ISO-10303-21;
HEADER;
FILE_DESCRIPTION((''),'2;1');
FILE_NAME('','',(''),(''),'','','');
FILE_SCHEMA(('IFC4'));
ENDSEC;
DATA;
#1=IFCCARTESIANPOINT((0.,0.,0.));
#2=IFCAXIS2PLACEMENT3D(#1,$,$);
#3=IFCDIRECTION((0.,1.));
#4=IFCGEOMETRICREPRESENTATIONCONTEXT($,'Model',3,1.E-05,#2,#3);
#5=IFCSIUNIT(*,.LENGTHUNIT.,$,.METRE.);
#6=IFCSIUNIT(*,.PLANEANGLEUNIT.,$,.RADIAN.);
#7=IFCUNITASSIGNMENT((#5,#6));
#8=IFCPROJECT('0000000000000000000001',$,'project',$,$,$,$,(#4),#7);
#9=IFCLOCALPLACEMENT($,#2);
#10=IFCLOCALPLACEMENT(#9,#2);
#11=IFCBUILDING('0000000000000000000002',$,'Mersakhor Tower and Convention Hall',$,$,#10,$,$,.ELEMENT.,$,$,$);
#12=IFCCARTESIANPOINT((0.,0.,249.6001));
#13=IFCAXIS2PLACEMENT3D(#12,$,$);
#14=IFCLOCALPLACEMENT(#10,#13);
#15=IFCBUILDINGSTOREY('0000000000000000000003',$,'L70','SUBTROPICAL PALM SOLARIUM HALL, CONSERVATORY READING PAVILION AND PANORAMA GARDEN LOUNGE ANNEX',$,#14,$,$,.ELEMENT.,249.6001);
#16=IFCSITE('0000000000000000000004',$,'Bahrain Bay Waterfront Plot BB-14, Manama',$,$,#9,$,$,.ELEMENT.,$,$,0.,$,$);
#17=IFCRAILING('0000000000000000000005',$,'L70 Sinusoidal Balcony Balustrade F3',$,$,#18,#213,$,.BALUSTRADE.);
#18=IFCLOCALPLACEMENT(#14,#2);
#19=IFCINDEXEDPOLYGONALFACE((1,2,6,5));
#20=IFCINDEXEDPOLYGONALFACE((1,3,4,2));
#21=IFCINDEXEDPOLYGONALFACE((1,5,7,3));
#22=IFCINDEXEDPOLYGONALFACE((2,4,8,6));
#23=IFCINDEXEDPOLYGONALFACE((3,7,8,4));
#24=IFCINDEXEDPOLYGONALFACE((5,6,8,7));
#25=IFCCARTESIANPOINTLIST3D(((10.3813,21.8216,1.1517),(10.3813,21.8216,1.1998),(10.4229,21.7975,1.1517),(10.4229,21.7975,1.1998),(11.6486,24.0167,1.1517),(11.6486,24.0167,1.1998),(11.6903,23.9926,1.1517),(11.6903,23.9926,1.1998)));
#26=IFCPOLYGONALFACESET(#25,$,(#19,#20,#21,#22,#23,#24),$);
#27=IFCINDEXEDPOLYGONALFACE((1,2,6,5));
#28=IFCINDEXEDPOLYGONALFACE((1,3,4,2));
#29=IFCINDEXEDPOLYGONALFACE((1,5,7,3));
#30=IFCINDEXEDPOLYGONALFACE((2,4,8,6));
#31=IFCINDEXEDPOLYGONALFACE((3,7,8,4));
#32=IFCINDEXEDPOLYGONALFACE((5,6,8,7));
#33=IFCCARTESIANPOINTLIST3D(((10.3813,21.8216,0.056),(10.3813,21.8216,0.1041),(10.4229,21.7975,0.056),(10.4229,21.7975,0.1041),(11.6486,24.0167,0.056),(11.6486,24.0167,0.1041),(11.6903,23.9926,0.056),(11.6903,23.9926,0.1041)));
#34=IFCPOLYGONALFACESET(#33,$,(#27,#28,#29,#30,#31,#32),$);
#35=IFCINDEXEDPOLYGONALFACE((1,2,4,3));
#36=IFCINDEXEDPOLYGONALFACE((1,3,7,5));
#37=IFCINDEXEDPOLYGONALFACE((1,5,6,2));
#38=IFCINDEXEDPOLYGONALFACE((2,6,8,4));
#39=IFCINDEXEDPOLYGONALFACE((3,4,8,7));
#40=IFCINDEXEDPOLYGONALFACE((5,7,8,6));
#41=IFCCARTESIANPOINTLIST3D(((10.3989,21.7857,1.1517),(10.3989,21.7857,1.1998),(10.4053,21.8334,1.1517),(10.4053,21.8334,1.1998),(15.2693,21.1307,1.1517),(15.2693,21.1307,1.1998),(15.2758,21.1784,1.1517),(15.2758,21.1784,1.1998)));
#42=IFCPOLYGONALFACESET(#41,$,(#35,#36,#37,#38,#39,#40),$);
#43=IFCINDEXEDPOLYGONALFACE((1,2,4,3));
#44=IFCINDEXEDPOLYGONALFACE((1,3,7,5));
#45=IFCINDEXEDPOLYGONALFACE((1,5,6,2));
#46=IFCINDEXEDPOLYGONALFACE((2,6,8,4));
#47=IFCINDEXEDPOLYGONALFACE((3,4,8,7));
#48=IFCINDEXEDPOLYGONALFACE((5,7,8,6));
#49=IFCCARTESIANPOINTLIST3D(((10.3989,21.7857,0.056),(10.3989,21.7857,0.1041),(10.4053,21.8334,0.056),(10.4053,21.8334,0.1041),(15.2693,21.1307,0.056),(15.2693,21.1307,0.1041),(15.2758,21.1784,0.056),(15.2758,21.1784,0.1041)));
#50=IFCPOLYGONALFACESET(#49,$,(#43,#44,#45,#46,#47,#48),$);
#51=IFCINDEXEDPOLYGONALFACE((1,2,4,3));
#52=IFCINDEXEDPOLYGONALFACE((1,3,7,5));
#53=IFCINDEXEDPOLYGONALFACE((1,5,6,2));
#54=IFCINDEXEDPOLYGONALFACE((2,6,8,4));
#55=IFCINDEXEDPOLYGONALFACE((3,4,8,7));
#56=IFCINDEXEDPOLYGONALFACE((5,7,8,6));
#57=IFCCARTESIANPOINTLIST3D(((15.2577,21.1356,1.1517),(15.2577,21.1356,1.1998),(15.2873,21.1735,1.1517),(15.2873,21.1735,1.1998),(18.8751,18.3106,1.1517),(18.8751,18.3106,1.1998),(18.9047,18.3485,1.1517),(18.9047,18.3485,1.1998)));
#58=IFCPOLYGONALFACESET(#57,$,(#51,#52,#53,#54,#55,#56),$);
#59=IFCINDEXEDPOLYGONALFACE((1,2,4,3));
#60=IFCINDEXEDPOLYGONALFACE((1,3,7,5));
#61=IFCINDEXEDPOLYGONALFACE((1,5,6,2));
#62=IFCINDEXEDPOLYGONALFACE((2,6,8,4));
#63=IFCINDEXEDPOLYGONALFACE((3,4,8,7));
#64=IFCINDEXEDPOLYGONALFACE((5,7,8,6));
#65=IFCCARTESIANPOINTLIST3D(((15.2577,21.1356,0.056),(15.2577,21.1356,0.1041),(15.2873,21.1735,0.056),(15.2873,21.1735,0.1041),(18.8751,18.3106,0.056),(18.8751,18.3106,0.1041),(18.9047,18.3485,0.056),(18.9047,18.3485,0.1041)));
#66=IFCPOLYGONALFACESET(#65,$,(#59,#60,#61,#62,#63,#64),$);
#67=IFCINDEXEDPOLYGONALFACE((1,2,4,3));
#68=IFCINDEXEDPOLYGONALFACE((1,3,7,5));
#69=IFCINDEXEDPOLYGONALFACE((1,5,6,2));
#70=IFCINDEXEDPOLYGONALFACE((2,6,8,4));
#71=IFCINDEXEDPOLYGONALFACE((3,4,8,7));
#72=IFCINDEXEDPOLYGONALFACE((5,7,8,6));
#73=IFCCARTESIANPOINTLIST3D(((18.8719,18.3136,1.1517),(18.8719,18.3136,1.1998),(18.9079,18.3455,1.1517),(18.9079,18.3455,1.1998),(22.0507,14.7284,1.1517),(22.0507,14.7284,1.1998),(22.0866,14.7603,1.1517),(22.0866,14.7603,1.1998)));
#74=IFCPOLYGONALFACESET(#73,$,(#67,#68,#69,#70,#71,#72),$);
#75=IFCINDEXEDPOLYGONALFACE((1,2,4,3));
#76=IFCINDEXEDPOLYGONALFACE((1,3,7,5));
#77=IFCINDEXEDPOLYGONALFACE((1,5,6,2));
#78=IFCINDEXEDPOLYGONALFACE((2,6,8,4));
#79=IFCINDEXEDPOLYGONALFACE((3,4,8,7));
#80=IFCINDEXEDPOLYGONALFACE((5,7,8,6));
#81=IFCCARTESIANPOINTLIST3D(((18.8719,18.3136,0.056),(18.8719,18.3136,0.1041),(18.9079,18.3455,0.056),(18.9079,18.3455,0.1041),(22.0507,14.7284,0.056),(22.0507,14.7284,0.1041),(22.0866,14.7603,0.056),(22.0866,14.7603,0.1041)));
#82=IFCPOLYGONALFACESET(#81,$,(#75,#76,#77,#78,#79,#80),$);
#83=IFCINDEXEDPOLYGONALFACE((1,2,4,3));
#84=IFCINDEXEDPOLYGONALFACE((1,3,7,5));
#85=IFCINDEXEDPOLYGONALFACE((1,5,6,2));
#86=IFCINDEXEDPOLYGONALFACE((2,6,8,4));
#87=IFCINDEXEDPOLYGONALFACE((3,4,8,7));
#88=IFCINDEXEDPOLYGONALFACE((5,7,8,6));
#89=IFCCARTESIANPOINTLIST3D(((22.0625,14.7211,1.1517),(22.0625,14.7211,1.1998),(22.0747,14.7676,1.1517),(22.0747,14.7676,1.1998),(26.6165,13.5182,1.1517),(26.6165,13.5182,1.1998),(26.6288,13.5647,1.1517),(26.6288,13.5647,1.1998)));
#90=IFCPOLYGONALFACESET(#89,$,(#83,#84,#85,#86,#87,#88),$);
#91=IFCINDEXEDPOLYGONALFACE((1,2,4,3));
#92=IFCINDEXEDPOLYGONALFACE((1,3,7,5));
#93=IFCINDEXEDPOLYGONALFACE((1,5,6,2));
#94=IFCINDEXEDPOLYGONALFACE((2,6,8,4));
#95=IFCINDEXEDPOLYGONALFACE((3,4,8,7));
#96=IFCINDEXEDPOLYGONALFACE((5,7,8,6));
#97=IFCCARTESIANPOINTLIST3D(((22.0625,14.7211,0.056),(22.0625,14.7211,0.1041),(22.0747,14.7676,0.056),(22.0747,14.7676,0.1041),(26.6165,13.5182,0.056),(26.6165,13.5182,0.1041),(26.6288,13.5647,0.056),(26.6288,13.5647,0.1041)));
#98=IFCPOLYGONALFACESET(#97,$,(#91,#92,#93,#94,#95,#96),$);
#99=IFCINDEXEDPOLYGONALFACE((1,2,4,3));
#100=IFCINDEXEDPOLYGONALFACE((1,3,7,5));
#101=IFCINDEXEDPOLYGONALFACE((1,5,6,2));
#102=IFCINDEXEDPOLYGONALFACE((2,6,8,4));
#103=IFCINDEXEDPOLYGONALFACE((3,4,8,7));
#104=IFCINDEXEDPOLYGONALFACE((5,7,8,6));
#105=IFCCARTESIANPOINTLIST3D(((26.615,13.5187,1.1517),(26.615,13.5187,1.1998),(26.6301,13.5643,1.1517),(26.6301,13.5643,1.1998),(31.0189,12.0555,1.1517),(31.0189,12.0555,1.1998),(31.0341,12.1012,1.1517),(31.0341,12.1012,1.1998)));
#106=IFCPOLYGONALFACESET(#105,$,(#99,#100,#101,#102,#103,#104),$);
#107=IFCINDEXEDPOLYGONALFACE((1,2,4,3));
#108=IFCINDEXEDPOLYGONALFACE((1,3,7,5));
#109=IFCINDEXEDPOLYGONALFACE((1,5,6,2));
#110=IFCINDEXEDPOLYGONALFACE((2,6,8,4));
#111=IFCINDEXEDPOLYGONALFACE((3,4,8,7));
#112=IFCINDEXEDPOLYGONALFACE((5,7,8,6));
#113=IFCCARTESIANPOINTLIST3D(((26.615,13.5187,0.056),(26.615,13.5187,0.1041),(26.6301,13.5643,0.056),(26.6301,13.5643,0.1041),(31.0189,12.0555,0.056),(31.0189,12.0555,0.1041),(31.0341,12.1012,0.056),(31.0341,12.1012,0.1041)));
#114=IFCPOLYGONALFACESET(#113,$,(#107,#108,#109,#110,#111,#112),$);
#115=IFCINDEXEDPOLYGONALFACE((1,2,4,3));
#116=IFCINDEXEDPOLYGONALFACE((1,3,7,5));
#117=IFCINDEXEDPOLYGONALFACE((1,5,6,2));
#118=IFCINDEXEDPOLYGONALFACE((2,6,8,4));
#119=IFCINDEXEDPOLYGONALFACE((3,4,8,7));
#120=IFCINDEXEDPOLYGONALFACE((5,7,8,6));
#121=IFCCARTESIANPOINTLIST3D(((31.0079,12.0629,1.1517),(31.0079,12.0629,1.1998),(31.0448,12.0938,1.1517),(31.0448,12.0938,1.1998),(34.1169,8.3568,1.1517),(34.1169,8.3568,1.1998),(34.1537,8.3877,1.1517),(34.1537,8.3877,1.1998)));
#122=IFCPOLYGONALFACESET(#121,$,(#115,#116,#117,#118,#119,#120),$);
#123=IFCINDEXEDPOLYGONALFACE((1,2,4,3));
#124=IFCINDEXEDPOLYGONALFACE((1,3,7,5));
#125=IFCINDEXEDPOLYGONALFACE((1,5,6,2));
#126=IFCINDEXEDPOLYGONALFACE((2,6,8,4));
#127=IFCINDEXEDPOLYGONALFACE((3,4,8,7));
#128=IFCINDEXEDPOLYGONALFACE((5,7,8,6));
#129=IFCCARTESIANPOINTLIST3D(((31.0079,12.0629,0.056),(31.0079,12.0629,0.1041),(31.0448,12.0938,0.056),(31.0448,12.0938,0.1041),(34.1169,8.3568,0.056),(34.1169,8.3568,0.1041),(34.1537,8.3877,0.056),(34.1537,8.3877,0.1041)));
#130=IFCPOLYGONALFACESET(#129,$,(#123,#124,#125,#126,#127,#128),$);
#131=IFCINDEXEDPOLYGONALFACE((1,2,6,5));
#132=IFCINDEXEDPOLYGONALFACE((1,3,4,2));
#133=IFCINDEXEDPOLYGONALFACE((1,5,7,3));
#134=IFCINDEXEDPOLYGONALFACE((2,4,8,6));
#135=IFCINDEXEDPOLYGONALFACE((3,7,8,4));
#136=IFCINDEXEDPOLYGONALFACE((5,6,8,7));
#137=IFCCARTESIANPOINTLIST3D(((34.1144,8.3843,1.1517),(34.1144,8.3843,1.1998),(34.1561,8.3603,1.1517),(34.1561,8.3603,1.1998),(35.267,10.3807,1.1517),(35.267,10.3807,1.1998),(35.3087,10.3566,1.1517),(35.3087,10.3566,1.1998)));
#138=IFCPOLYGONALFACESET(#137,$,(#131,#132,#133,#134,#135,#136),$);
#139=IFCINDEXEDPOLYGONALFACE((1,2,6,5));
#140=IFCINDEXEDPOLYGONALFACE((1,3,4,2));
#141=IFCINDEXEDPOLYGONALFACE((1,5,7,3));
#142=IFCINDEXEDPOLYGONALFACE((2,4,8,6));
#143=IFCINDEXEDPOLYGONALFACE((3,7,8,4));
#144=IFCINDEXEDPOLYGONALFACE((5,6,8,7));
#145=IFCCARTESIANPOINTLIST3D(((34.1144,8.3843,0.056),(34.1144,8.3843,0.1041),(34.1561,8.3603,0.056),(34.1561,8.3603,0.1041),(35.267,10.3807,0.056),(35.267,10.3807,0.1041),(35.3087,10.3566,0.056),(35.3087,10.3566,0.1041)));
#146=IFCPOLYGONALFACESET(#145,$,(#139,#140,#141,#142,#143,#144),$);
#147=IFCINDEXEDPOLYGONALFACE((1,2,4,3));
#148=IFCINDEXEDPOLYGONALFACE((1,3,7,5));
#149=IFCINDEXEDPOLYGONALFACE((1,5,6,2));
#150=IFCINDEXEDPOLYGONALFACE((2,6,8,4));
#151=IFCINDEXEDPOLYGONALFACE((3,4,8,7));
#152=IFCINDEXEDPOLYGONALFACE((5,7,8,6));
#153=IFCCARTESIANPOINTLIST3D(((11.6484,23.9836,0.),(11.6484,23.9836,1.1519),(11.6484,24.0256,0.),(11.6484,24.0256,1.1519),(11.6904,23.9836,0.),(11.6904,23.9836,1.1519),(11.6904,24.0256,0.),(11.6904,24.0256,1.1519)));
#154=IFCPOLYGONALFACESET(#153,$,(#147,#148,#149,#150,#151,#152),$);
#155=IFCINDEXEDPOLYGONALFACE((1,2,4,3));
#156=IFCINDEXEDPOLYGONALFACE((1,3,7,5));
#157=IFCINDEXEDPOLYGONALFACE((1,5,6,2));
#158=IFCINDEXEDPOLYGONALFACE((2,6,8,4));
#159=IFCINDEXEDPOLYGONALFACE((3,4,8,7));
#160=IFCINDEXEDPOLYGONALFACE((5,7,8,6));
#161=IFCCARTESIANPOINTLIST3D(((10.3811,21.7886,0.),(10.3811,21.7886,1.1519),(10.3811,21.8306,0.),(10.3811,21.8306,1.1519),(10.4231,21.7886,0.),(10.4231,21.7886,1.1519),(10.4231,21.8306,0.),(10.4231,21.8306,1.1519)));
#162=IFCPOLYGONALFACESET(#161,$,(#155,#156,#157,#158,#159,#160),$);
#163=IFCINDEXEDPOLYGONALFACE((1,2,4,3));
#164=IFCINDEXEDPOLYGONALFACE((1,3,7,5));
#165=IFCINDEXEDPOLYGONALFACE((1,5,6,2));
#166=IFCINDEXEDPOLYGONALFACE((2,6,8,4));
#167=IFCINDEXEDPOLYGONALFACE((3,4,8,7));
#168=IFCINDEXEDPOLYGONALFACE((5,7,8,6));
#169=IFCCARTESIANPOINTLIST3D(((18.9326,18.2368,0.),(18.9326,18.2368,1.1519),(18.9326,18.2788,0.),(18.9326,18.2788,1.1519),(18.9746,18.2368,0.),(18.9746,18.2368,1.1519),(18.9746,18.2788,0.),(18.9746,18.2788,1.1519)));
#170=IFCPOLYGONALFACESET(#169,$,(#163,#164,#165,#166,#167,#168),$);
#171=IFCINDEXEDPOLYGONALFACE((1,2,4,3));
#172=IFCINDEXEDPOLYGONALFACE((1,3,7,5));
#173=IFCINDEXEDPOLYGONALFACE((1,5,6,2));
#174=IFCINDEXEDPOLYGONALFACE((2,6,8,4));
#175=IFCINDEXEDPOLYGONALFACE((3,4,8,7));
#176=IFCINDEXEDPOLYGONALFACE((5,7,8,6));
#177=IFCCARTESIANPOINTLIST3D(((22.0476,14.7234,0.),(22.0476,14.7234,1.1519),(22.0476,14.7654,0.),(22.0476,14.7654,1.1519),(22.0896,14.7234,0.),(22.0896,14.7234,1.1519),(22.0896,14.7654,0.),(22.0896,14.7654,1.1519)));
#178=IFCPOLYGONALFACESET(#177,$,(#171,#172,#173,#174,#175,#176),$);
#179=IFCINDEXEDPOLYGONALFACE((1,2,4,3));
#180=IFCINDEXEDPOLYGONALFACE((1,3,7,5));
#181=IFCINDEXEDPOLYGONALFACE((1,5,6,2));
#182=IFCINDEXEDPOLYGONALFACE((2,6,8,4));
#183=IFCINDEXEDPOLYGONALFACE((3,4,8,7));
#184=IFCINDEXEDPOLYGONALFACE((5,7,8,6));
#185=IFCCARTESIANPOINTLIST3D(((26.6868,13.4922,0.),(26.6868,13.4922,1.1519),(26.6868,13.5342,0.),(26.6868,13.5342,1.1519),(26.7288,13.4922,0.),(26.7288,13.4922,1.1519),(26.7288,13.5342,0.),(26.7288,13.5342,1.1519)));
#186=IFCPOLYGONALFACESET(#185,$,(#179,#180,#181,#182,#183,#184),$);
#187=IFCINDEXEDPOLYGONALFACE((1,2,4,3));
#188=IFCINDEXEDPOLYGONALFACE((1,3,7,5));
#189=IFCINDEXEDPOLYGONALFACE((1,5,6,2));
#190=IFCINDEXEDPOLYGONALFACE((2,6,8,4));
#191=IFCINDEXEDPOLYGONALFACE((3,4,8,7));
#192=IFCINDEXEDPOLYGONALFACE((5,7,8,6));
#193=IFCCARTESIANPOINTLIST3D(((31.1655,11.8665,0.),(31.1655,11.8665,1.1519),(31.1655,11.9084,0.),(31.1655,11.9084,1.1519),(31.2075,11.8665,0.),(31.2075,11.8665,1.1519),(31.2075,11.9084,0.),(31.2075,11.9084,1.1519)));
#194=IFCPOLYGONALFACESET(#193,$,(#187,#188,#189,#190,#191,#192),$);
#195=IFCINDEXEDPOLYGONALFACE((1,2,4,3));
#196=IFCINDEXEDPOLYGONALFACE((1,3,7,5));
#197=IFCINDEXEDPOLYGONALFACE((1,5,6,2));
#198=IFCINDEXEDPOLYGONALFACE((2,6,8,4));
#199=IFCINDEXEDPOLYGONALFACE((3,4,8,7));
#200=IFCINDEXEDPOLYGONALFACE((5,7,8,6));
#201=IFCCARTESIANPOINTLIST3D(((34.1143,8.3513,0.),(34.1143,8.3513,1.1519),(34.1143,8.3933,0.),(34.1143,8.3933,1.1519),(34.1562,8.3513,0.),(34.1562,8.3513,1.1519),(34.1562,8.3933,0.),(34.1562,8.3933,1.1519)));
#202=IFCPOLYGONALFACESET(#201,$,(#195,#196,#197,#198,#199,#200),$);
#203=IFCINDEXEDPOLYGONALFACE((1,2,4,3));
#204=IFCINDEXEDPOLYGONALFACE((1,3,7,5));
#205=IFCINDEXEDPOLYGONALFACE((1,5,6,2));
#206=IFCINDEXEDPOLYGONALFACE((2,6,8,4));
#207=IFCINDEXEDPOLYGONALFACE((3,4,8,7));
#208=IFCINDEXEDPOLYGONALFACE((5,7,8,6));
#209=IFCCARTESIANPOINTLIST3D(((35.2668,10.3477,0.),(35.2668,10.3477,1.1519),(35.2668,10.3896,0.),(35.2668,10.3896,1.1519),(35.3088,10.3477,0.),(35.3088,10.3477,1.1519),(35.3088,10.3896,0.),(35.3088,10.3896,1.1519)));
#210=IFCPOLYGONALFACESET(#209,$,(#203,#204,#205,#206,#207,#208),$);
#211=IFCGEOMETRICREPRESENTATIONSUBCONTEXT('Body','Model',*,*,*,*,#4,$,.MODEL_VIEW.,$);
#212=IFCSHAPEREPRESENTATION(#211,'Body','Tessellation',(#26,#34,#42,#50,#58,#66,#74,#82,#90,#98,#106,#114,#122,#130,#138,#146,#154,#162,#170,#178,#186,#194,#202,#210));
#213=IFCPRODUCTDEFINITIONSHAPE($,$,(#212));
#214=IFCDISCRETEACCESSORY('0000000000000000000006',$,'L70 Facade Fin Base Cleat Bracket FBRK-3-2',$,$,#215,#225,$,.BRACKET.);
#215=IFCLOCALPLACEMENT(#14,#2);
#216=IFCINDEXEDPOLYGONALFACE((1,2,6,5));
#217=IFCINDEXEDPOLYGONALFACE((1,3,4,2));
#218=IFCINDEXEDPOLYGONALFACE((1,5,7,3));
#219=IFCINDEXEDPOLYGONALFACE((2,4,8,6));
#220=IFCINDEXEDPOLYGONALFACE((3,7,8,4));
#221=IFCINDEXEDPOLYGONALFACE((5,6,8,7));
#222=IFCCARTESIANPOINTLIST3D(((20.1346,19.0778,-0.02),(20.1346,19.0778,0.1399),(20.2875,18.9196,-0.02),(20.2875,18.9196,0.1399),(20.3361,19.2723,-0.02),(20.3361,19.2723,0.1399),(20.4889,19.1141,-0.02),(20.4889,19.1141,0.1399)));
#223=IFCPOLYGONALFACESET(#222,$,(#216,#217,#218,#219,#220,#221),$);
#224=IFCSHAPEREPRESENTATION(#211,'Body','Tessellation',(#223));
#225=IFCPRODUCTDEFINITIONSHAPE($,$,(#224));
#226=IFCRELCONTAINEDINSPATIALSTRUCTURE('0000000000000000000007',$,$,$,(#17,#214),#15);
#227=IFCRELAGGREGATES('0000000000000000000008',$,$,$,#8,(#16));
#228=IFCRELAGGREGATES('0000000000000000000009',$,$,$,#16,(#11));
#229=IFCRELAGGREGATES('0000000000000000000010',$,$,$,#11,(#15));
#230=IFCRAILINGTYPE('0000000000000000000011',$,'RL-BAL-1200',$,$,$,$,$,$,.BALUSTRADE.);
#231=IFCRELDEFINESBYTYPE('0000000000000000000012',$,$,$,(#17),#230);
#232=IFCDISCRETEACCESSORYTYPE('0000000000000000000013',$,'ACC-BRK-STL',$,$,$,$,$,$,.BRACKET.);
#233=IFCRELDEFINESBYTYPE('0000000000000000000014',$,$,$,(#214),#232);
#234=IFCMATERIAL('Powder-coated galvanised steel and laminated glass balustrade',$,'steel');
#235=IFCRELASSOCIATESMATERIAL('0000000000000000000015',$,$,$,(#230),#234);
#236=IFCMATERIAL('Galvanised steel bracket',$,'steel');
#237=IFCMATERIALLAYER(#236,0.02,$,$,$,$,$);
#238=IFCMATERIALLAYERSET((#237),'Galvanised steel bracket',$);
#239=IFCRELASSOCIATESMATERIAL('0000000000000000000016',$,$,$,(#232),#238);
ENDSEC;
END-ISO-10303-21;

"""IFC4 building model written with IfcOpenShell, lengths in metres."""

from ifc_helpers import new_model, si_unit, direction, frame, origin, origin_2d, place, context, subcontext, project, spatial, rectangle, extrude, material, layer, layer_set, type_object, element, save


model = new_model("IFC4")

# Units and contexts
model_context = context("Model", 3, precision=1e-05, world=origin(), true_north=direction((0.0, 1.0)))
body_context = subcontext(model_context, "Body", "Model", "MODEL_VIEW")
ifc_project = project(units=[si_unit("LENGTHUNIT", "METRE"), si_unit("PLANEANGLEUNIT", "RADIAN")], contexts=[model_context])

# Site, building, storey
site_placement = place(None, origin())
site = spatial("IfcSite", under=ifc_project, at=site_placement, Name="Bahrain Bay Waterfront Plot BB-14, Manama", CompositionType="ELEMENT", RefElevation=0.0)
building_placement = place(site_placement, origin())
building = spatial("IfcBuilding", under=site, at=building_placement, Name="Mersakhor Tower and Convention Hall", CompositionType="ELEMENT")
storey_placement = place(building_placement, frame((0.0, 0.0, 249.6001)))
storey = spatial("IfcBuildingStorey", under=building, at=storey_placement, Name="L70", Description="SUBTROPICAL PALM SOLARIUM HALL, CONSERVATORY READING PAVILION AND PANORAMA GARDEN LOUNGE ANNEX", CompositionType="ELEMENT", Elevation=249.6001)

# Railing
ifc_material_1 = material(Name="Powder-coated galvanised steel and laminated glass balustrade", Category="steel")
railing_type = type_object("IfcRailingType", Name="RL-BAL-1200", PredefinedType="BALUSTRADE", material=ifc_material_1)
railing_placement = place(storey_placement, frame((11.6694, 24.0046, 0.0)))
element("IfcRailing", 1, at=railing_placement, inside=storey, type_object=railing_type, Name="L70 Sinusoidal Balcony Balustrade F3", PredefinedType="BALUSTRADE", context=body_context, shape_type="SweptSolid", body=[
    extrude(rectangle(XDim=0.0481, YDim=0.0481, at=origin_2d()), frame((0.0, 0.0, 1.1758), z_axis=(-0.500003, -0.866024, 0.0), x_axis=(0.866024, -0.500003, 0.0)), (0.0, 0.0, 1.0), 2.5347),
    extrude(rectangle(XDim=0.0481, YDim=0.0481, at=origin_2d()), frame((0.0, 0.0, 0.0801), z_axis=(-0.500003, -0.866024, 0.0), x_axis=(0.866024, -0.500003, 0.0)), (0.0, 0.0, 1.0), 2.5347),
    extrude(rectangle(XDim=0.0481, YDim=0.0481, at=origin_2d()), frame((-1.2673, -2.1951, 1.1758), z_axis=(0.991077, -0.133293, 0.0), x_axis=(0.133293, 0.991077, 0.0)), (0.0, 0.0, 1.0), 4.9143),
    extrude(rectangle(XDim=0.0481, YDim=0.0481, at=origin_2d()), frame((-1.2673, -2.1951, 0.0801), z_axis=(0.991077, -0.133293, 0.0), x_axis=(0.133293, 0.991077, 0.0)), (0.0, 0.0, 1.0), 4.9143),
    extrude(rectangle(XDim=0.0481, YDim=0.0481, at=origin_2d()), frame((3.603, -2.8501, 1.1758), z_axis=(0.788148, -0.615486, 0.0), x_axis=(0.615486, 0.788148, 0.0)), (0.0, 0.0, 1.0), 4.5898),
    extrude(rectangle(XDim=0.0481, YDim=0.0481, at=origin_2d()), frame((3.603, -2.8501, 0.0801), z_axis=(0.788148, -0.615486, 0.0), x_axis=(0.615486, 0.788148, 0.0)), (0.0, 0.0, 1.0), 4.5898),
    extrude(rectangle(XDim=0.0481, YDim=0.0481, at=origin_2d()), frame((7.2205, -5.675, 1.1758), z_axis=(0.663415, -0.748252, 0.0), x_axis=(0.748252, 0.663415, 0.0)), (0.0, 0.0, 1.0), 4.7915),
    extrude(rectangle(XDim=0.0481, YDim=0.0481, at=origin_2d()), frame((7.2205, -5.675, 0.0801), z_axis=(0.663415, -0.748252, 0.0), x_axis=(0.748252, 0.663415, 0.0)), (0.0, 0.0, 1.0), 4.7915),
    extrude(rectangle(XDim=0.0481, YDim=0.0481, at=origin_2d()), frame((10.3992, -9.2603, 1.1758), z_axis=(0.96684, -0.255381, 0.0), x_axis=(0.255381, 0.96684, 0.0)), (0.0, 0.0, 1.0), 4.7102),
    extrude(rectangle(XDim=0.0481, YDim=0.0481, at=origin_2d()), frame((10.3992, -9.2603, 0.0801), z_axis=(0.96684, -0.255381, 0.0), x_axis=(0.255381, 0.96684, 0.0)), (0.0, 0.0, 1.0), 4.7102),
    extrude(rectangle(XDim=0.0481, YDim=0.0481, at=origin_2d()), frame((14.9531, -10.4631, 1.1758), z_axis=(0.948993, -0.315296, 0.0), x_axis=(0.315296, 0.948993, 0.0)), (0.0, 0.0, 1.0), 4.6406),
    extrude(rectangle(XDim=0.0481, YDim=0.0481, at=origin_2d()), frame((14.9531, -10.4631, 0.0801), z_axis=(0.948993, -0.315296, 0.0), x_axis=(0.315296, 0.948993, 0.0)), (0.0, 0.0, 1.0), 4.6406),
    extrude(rectangle(XDim=0.0481, YDim=0.0481, at=origin_2d()), frame((19.3569, -11.9263, 1.1758), z_axis=(0.642683, -0.766132, 0.0), x_axis=(0.766132, 0.642683, 0.0)), (0.0, 0.0, 1.0), 4.8374),
    extrude(rectangle(XDim=0.0481, YDim=0.0481, at=origin_2d()), frame((19.3569, -11.9263, 0.0801), z_axis=(0.642683, -0.766132, 0.0), x_axis=(0.766132, 0.642683, 0.0)), (0.0, 0.0, 1.0), 4.8374),
    extrude(rectangle(XDim=0.0481, YDim=0.0481, at=origin_2d()), frame((22.4658, -15.6323, 1.1758), z_axis=(0.500001, 0.866025, 0.0), x_axis=(-0.866025, 0.500001, 0.0)), (0.0, 0.0, 1.0), 2.3052),
    extrude(rectangle(XDim=0.0481, YDim=0.0481, at=origin_2d()), frame((22.4658, -15.6323, 0.0801), z_axis=(0.500001, 0.866025, 0.0), x_axis=(-0.866025, 0.500001, 0.0)), (0.0, 0.0, 1.0), 2.3052),
    extrude(rectangle(XDim=0.042, YDim=0.042, at=origin_2d()), origin(), (0.0, 0.0, 1.0), 1.1519),
    extrude(rectangle(XDim=0.042, YDim=0.042, at=origin_2d()), frame((-1.2673, -2.1951, 0.0)), (0.0, 0.0, 1.0), 1.1519),
    extrude(rectangle(XDim=0.042, YDim=0.042, at=origin_2d()), frame((7.2842, -5.7468, 0.0)), (0.0, 0.0, 1.0), 1.1519),
    extrude(rectangle(XDim=0.042, YDim=0.042, at=origin_2d()), frame((10.3992, -9.2603, 0.0)), (0.0, 0.0, 1.0), 1.1519),
    extrude(rectangle(XDim=0.042, YDim=0.042, at=origin_2d()), frame((15.0383, -10.4915, 0.0)), (0.0, 0.0, 1.0), 1.1519),
    extrude(rectangle(XDim=0.042, YDim=0.042, at=origin_2d()), frame((19.5171, -12.1172, 0.0)), (0.0, 0.0, 1.0), 1.1519),
    extrude(rectangle(XDim=0.042, YDim=0.042, at=origin_2d()), frame((22.4658, -15.6323, 0.0)), (0.0, 0.0, 1.0), 1.1519),
    extrude(rectangle(XDim=0.042, YDim=0.042, at=origin_2d()), frame((23.6184, -13.636, 0.0)), (0.0, 0.0, 1.0), 1.1519),
])

# Discrete accessory
ifc_material_2 = material(Name="Galvanised steel bracket", Category="steel")
ifc_layer_1 = layer(ifc_material_2, 0.02)
ifc_layer_set_1 = layer_set([ifc_layer_1], Name="Galvanised steel bracket")
discrete_accessory_type = type_object("IfcDiscreteAccessoryType", Name="ACC-BRK-STL", PredefinedType="BRACKET", material=ifc_layer_set_1)
discrete_accessory_placement = place(storey_placement, frame((20.3118, 19.0959, -0.02), z_axis=(0.0, 0.0, 1.0), x_axis=(-0.71934, -0.694658, 0.0)))
element("IfcDiscreteAccessory", 2, at=discrete_accessory_placement, inside=storey, type_object=discrete_accessory_type, Name="L70 Facade Fin Base Cleat Bracket FBRK-3-2", PredefinedType="BRACKET", context=body_context, shape_type="SweptSolid", body=[
    extrude(rectangle(XDim=0.28, YDim=0.22, at=origin_2d()), origin(), (0.0, 0.0, 1.0), 0.1599),
])

save(model, "model.ifc")
